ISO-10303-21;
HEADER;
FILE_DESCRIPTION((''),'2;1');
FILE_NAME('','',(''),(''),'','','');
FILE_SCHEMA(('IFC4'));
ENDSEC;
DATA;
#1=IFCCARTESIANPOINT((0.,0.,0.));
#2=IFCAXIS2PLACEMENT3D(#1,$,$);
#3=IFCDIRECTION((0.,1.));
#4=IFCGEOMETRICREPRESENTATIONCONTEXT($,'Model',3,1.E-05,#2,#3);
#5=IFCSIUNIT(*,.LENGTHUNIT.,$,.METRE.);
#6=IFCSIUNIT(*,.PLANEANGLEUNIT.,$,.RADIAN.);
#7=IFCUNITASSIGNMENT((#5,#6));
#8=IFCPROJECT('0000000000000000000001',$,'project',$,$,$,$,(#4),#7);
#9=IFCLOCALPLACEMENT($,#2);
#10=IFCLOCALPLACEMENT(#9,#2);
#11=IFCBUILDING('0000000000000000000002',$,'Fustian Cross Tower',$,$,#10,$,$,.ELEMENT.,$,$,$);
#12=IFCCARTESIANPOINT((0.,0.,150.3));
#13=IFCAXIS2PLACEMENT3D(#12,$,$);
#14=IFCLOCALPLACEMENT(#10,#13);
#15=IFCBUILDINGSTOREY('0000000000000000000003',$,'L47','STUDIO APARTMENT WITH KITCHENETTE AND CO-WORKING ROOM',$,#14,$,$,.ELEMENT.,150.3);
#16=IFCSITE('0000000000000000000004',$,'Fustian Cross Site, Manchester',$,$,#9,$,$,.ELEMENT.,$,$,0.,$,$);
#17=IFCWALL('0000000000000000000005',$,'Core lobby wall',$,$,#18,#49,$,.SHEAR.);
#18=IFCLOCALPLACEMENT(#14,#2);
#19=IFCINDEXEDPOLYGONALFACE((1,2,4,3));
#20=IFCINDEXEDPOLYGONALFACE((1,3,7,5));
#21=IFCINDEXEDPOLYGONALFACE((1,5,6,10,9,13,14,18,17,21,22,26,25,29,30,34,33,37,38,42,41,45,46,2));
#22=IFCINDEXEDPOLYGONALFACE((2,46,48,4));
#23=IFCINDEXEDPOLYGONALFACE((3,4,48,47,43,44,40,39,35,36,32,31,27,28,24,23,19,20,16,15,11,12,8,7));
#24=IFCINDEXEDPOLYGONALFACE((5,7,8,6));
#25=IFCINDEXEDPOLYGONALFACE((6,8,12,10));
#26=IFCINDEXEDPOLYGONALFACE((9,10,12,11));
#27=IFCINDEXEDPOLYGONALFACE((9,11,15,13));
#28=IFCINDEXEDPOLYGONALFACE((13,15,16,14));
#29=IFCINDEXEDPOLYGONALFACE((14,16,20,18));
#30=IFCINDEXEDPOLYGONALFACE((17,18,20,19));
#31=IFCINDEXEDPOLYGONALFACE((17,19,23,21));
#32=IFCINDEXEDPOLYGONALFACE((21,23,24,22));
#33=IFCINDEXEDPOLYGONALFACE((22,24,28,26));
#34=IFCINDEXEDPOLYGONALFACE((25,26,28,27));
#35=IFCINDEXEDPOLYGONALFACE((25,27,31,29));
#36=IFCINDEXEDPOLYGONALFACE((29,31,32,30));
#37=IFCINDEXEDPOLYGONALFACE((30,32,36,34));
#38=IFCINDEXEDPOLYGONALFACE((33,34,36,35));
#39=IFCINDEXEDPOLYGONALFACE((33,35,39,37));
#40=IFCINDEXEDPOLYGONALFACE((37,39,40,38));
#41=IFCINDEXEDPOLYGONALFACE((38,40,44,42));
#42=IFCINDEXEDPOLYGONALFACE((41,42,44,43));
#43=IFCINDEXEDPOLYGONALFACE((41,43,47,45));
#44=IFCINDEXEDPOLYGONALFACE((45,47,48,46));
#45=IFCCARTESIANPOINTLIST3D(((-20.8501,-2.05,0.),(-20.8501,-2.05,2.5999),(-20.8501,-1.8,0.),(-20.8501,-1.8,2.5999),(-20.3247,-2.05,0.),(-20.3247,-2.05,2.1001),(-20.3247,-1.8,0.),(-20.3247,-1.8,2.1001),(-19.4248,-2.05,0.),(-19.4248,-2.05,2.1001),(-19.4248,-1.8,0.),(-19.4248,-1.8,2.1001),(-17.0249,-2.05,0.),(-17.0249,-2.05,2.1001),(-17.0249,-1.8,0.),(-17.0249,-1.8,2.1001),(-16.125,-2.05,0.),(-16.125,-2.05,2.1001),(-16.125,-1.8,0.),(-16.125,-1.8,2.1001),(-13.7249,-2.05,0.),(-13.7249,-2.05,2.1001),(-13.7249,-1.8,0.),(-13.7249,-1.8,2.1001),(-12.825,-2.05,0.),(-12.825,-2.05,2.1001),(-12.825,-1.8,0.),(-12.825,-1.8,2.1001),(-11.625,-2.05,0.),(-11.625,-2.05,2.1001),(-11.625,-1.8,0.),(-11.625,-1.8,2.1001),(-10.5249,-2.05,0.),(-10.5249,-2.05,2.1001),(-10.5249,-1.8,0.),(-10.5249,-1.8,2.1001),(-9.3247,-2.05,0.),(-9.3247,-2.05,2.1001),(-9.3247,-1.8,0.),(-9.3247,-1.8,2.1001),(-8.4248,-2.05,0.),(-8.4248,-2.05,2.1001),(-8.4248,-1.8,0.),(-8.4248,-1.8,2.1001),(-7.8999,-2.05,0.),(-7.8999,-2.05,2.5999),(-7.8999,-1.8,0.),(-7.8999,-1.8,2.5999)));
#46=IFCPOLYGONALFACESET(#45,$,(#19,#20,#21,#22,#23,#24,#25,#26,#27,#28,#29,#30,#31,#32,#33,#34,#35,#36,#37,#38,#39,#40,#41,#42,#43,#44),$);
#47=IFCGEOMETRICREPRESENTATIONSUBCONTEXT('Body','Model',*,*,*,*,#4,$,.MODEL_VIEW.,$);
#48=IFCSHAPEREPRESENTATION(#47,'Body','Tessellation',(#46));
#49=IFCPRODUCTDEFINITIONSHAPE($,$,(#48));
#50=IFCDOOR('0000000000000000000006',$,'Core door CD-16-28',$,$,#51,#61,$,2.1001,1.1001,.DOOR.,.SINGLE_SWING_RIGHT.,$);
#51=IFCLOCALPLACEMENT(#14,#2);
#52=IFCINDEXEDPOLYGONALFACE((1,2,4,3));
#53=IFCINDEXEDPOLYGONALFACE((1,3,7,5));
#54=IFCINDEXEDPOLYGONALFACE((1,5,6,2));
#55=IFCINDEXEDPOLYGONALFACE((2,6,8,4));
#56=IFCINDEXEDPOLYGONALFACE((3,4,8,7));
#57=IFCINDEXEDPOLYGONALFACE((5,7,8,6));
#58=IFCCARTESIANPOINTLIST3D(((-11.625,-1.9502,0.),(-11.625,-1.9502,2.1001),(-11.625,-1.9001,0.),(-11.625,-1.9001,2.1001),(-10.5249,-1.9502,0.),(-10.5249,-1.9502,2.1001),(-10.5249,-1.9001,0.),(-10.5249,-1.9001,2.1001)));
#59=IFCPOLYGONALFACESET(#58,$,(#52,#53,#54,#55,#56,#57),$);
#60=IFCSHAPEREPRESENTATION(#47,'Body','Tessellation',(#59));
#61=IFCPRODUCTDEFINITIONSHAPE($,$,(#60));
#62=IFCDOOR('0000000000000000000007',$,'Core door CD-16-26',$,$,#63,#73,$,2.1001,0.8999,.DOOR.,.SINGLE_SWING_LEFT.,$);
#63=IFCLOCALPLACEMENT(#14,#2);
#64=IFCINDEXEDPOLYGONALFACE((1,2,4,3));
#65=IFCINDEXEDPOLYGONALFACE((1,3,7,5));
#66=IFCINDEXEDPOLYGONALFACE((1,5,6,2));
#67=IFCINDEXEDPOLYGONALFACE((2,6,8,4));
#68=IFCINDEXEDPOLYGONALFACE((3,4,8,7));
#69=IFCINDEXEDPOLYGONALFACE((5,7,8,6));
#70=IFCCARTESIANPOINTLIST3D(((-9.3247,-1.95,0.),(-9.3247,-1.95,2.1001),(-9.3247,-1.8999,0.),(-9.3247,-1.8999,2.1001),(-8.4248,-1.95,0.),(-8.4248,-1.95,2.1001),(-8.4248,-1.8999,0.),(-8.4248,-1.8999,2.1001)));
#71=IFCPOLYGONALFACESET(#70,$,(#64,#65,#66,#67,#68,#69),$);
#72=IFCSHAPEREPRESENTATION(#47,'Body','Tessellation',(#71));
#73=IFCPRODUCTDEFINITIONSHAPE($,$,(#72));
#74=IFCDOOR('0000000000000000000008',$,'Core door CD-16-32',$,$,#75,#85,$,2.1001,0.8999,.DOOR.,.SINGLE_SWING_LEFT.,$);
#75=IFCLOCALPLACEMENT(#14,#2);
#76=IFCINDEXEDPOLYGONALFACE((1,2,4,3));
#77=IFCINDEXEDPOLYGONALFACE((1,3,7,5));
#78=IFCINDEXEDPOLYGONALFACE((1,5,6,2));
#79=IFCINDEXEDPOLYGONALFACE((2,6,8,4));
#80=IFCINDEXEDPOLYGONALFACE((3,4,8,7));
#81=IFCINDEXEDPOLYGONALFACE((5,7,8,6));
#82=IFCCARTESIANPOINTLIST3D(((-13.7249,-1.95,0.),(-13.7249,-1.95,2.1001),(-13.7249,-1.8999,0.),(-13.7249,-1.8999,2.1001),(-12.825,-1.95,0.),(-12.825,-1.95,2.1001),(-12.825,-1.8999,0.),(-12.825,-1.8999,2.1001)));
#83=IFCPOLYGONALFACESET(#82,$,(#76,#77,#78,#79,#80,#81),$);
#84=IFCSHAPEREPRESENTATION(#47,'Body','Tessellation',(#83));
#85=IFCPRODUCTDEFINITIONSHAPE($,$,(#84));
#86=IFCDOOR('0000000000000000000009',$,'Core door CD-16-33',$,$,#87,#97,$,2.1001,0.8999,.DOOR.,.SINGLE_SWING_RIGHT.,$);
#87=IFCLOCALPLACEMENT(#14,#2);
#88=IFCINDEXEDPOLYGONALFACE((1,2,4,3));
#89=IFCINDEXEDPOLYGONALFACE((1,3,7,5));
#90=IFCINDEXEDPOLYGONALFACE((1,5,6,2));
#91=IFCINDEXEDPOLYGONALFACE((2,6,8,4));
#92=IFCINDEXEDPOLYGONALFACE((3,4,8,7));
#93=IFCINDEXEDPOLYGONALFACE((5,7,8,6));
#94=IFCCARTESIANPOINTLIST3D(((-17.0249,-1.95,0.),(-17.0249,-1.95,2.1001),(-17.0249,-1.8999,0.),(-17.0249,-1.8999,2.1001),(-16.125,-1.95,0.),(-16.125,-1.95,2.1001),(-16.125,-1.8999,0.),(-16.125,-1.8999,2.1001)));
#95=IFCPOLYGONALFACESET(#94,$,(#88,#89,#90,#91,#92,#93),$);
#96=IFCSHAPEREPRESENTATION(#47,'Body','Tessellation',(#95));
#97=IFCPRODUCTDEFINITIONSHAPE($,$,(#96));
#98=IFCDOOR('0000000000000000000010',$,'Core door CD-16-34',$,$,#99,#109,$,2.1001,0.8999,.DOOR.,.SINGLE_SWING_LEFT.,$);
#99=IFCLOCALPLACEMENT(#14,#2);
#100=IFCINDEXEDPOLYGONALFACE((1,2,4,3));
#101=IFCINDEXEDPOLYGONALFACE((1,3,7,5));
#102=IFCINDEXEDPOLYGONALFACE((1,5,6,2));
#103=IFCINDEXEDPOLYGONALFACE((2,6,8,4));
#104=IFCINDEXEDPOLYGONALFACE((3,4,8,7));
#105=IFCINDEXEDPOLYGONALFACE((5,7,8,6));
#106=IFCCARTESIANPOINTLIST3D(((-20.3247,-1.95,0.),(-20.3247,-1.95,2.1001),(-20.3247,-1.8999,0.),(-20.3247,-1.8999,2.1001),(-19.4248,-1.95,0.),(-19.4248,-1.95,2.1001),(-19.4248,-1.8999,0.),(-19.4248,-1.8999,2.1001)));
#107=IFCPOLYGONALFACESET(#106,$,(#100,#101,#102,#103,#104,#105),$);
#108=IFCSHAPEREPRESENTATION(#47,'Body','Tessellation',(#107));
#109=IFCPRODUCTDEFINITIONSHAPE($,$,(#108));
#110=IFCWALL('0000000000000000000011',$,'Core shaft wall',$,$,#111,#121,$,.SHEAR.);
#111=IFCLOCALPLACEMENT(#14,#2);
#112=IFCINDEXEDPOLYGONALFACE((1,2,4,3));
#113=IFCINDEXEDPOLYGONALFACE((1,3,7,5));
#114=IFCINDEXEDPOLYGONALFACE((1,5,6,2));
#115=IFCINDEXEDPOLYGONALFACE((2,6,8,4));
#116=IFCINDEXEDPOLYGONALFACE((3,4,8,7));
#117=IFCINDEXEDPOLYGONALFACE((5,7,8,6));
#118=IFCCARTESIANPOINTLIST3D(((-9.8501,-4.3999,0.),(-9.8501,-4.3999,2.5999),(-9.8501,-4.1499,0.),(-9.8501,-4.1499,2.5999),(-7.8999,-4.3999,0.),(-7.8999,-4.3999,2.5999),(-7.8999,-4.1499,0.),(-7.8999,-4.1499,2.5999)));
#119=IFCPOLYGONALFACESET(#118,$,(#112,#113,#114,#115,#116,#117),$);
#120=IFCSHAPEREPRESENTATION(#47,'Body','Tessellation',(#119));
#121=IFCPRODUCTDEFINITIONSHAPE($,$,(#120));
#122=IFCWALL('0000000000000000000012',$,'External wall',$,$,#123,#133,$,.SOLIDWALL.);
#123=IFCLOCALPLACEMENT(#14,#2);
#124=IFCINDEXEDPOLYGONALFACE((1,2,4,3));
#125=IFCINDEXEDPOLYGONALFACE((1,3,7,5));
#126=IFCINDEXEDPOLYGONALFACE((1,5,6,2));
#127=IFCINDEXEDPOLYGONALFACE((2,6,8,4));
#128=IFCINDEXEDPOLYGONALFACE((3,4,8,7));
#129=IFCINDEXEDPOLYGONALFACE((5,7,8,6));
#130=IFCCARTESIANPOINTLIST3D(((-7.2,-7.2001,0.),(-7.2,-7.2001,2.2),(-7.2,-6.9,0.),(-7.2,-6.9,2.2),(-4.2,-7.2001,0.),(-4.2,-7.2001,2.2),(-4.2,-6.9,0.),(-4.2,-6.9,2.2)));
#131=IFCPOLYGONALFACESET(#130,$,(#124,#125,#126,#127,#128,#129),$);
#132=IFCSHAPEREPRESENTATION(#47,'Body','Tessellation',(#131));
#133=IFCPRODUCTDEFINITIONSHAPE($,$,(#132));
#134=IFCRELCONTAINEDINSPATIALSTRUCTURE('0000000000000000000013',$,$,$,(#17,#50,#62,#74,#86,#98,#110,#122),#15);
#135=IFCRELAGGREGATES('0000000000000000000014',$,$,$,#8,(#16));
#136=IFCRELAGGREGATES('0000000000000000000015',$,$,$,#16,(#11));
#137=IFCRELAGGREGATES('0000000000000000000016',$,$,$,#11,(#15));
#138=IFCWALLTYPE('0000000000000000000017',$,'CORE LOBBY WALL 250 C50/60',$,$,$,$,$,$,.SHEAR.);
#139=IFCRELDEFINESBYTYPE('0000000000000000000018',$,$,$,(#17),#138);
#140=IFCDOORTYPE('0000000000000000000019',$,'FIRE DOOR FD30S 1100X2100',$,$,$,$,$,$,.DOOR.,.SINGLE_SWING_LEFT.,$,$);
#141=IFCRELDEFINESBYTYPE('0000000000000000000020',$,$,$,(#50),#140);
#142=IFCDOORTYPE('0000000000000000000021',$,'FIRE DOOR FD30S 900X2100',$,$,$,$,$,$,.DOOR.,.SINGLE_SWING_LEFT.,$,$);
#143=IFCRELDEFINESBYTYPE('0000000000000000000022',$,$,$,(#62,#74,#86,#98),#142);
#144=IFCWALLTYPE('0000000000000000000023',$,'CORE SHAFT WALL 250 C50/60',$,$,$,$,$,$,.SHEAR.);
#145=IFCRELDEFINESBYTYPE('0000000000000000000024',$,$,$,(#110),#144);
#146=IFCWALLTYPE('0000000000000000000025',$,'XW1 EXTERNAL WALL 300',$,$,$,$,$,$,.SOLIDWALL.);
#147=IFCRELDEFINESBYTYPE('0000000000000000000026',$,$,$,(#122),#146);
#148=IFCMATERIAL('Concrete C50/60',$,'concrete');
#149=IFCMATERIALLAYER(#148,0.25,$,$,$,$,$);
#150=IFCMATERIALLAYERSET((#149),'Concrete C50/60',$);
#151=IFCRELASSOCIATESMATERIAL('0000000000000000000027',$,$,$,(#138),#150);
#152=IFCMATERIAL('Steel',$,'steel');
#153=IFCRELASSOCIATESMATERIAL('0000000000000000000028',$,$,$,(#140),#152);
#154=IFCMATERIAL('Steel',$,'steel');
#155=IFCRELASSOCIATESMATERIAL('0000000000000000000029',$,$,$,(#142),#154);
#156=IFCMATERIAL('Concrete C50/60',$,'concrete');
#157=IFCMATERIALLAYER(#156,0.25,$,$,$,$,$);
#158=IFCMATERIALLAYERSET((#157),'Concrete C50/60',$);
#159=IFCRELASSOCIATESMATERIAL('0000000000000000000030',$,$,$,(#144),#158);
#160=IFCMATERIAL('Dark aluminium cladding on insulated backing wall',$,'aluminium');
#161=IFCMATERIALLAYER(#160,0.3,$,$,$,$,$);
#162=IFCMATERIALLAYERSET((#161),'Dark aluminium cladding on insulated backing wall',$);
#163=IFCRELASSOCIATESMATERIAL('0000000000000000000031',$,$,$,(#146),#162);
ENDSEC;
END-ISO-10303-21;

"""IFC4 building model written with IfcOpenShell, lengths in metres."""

from ifc_helpers import new_model, si_unit, direction, frame, frame_2d, origin, place, context, subcontext, project, spatial, rectangle, extrude, material, layer, layer_set, type_object, element, fill, save


model = new_model("IFC4")

# Units and contexts
model_context = context("Model", 3, precision=1e-05, world=origin(), true_north=direction((0.0, 1.0)))
body_context = subcontext(model_context, "Body", "Model", "MODEL_VIEW")
ifc_project = project(units=[si_unit("LENGTHUNIT", "METRE"), si_unit("PLANEANGLEUNIT", "RADIAN")], contexts=[model_context])

# Site, building, storey
site_placement = place(None, origin())
site = spatial("IfcSite", under=ifc_project, at=site_placement, Name="Fustian Cross Site, Manchester", CompositionType="ELEMENT", RefElevation=0.0)
building_placement = place(site_placement, origin())
building = spatial("IfcBuilding", under=site, at=building_placement, Name="Fustian Cross Tower", CompositionType="ELEMENT")
storey_placement = place(building_placement, frame((0.0, 0.0, 150.3)))
storey = spatial("IfcBuildingStorey", under=building, at=storey_placement, Name="L47", Description="STUDIO APARTMENT WITH KITCHENETTE AND CO-WORKING ROOM", CompositionType="ELEMENT", Elevation=150.3)

# Wall, openings, doors
ifc_material_1 = material(Name="Concrete C50/60", Category="concrete")
ifc_layer_1 = layer(ifc_material_1, 0.25)
ifc_layer_set_1 = layer_set([ifc_layer_1], Name="Concrete C50/60")
wall_type_1 = type_object("IfcWallType", Name="CORE LOBBY WALL 250 C50/60", PredefinedType="SHEAR", material=ifc_layer_set_1)
wall_1_placement = place(storey_placement, frame((-7.8999, -1.925, 0.0), z_axis=(0.0, 0.0, 1.0), x_axis=(-1.0, 0.0, 0.0)))
wall_1 = element("IfcWall", 1, at=wall_1_placement, inside=storey, type_object=wall_type_1, Name="Core lobby wall", PredefinedType="SHEAR", context=body_context, shape_type="SweptSolid", body=[
    extrude(rectangle(XDim=12.9502, YDim=0.25, at=frame_2d((6.4751, 0.0))), origin(), (0.0, 0.0, 1.0), 2.5999),
])
opening_1_placement = place(wall_1_placement, frame((0.5249, 0.0, 0.0)))
opening_1 = element("IfcOpeningElement", 2, at=opening_1_placement, cuts=wall_1, PredefinedType="OPENING", context=body_context, shape_type="SweptSolid", body=[
    extrude(rectangle(XDim=0.8999, YDim=2.1001, at=frame_2d((0.45, 1.05))), frame((0.0, 0.135, 0.0), z_axis=(0.0, -1.0, 0.0), x_axis=(1.0, 0.0, 0.0)), (0.0, 0.0, 1.0), 0.27),
])
opening_2_placement = place(wall_1_placement, frame((2.625, 0.0, 0.0)))
opening_2 = element("IfcOpeningElement", 3, at=opening_2_placement, cuts=wall_1, PredefinedType="OPENING", context=body_context, shape_type="SweptSolid", body=[
    extrude(rectangle(XDim=1.1001, YDim=2.1001, at=frame_2d((0.55, 1.05))), frame((0.0, 0.135, 0.0), z_axis=(0.0, -1.0, 0.0), x_axis=(1.0, 0.0, 0.0)), (0.0, 0.0, 1.0), 0.27),
])
opening_3_placement = place(wall_1_placement, frame((4.925, 0.0, 0.0)))
opening_3 = element("IfcOpeningElement", 4, at=opening_3_placement, cuts=wall_1, PredefinedType="OPENING", context=body_context, shape_type="SweptSolid", body=[
    extrude(rectangle(XDim=0.8999, YDim=2.1001, at=frame_2d((0.45, 1.05))), frame((0.0, 0.135, 0.0), z_axis=(0.0, -1.0, 0.0), x_axis=(1.0, 0.0, 0.0)), (0.0, 0.0, 1.0), 0.27),
])
opening_4_placement = place(wall_1_placement, frame((8.2251, 0.0, 0.0)))
opening_4 = element("IfcOpeningElement", 5, at=opening_4_placement, cuts=wall_1, PredefinedType="OPENING", context=body_context, shape_type="SweptSolid", body=[
    extrude(rectangle(XDim=0.8999, YDim=2.1001, at=frame_2d((0.45, 1.05))), frame((0.0, 0.135, 0.0), z_axis=(0.0, -1.0, 0.0), x_axis=(1.0, 0.0, 0.0)), (0.0, 0.0, 1.0), 0.27),
])
opening_5_placement = place(wall_1_placement, frame((11.5249, 0.0, 0.0)))
opening_5 = element("IfcOpeningElement", 6, at=opening_5_placement, cuts=wall_1, PredefinedType="OPENING", context=body_context, shape_type="SweptSolid", body=[
    extrude(rectangle(XDim=0.8999, YDim=2.1001, at=frame_2d((0.45, 1.05))), frame((0.0, 0.135, 0.0), z_axis=(0.0, -1.0, 0.0), x_axis=(1.0, 0.0, 0.0)), (0.0, 0.0, 1.0), 0.27),
])
ifc_material_2 = material(Name="Steel", Category="steel")
door_type_1 = type_object("IfcDoorType", Name="FIRE DOOR FD30S 1100X2100", OperationType="SINGLE_SWING_LEFT", PredefinedType="DOOR", material=ifc_material_2)
door_1_placement = place(opening_2_placement, frame((1.1001, 0.0, 0.0), z_axis=(0.0, 0.0, 1.0), x_axis=(-1.0, 0.0, 0.0)))
door_1 = element("IfcDoor", 7, at=door_1_placement, inside=storey, type_object=door_type_1, Name="Core door CD-16-28", OperationType="SINGLE_SWING_RIGHT", OverallHeight=2.1001, OverallWidth=1.1001, PredefinedType="DOOR", context=body_context, shape_type="SweptSolid", body=[
    extrude(rectangle(XDim=1.1001, YDim=2.1001, at=frame_2d((0.55, 1.05))), frame((0.0, 0.0249, 0.0), z_axis=(0.0, -1.0, 0.0), x_axis=(1.0, 0.0, 0.0)), (0.0, 0.0, 1.0), 0.05),
])
fill(opening_2, door_1)
ifc_material_3 = material(Name="Steel", Category="steel")
door_type_2 = type_object("IfcDoorType", Name="FIRE DOOR FD30S 900X2100", OperationType="SINGLE_SWING_LEFT", PredefinedType="DOOR", material=ifc_material_3)
door_2_placement = place(opening_1_placement, origin())
door_2 = element("IfcDoor", 8, at=door_2_placement, inside=storey, type_object=door_type_2, Name="Core door CD-16-26", OperationType="SINGLE_SWING_LEFT", OverallHeight=2.1001, OverallWidth=0.8999, PredefinedType="DOOR", context=body_context, shape_type="SweptSolid", body=[
    extrude(rectangle(XDim=0.8999, YDim=2.1001, at=frame_2d((0.45, 1.05))), frame((0.0, 0.0249, 0.0), z_axis=(0.0, -1.0, 0.0), x_axis=(1.0, 0.0, 0.0)), (0.0, 0.0, 1.0), 0.05),
])
fill(opening_1, door_2)
door_3_placement = place(opening_3_placement, origin())
door_3 = element("IfcDoor", 9, at=door_3_placement, inside=storey, type_object=door_type_2, Name="Core door CD-16-32", OperationType="SINGLE_SWING_LEFT", OverallHeight=2.1001, OverallWidth=0.8999, PredefinedType="DOOR", context=body_context, shape_type="SweptSolid", body=[
    extrude(rectangle(XDim=0.8999, YDim=2.1001, at=frame_2d((0.45, 1.05))), frame((0.0, 0.0249, 0.0), z_axis=(0.0, -1.0, 0.0), x_axis=(1.0, 0.0, 0.0)), (0.0, 0.0, 1.0), 0.05),
])
fill(opening_3, door_3)
door_4_placement = place(opening_4_placement, origin())
door_4 = element("IfcDoor", 10, at=door_4_placement, inside=storey, type_object=door_type_2, Name="Core door CD-16-33", OperationType="SINGLE_SWING_RIGHT", OverallHeight=2.1001, OverallWidth=0.8999, PredefinedType="DOOR", context=body_context, shape_type="SweptSolid", body=[
    extrude(rectangle(XDim=0.8999, YDim=2.1001, at=frame_2d((0.45, 1.05))), frame((0.0, 0.0249, 0.0), z_axis=(0.0, -1.0, 0.0), x_axis=(1.0, 0.0, 0.0)), (0.0, 0.0, 1.0), 0.05),
])
fill(opening_4, door_4)
door_5_placement = place(opening_5_placement, origin())
door_5 = element("IfcDoor", 11, at=door_5_placement, inside=storey, type_object=door_type_2, Name="Core door CD-16-34", OperationType="SINGLE_SWING_LEFT", OverallHeight=2.1001, OverallWidth=0.8999, PredefinedType="DOOR", context=body_context, shape_type="SweptSolid", body=[
    extrude(rectangle(XDim=0.8999, YDim=2.1001, at=frame_2d((0.45, 1.05))), frame((0.0, 0.0249, 0.0), z_axis=(0.0, -1.0, 0.0), x_axis=(1.0, 0.0, 0.0)), (0.0, 0.0, 1.0), 0.05),
])
fill(opening_5, door_5)

# Walls
ifc_material_4 = material(Name="Concrete C50/60", Category="concrete")
ifc_layer_2 = layer(ifc_material_4, 0.25)
ifc_layer_set_2 = layer_set([ifc_layer_2], Name="Concrete C50/60")
wall_type_2 = type_object("IfcWallType", Name="CORE SHAFT WALL 250 C50/60", PredefinedType="SHEAR", material=ifc_layer_set_2)
wall_2_placement = place(storey_placement, frame((-7.8999, -4.2749, 0.0), z_axis=(0.0, 0.0, 1.0), x_axis=(-1.0, 0.0, 0.0)))
element("IfcWall", 12, at=wall_2_placement, inside=storey, type_object=wall_type_2, Name="Core shaft wall", PredefinedType="SHEAR", context=body_context, shape_type="SweptSolid", body=[
    extrude(rectangle(XDim=1.9502, YDim=0.25, at=frame_2d((0.9751, 0.0))), origin(), (0.0, 0.0, 1.0), 2.5999),
])
ifc_material_5 = material(Name="Dark aluminium cladding on insulated backing wall", Category="aluminium")
ifc_layer_3 = layer(ifc_material_5, 0.3)
ifc_layer_set_3 = layer_set([ifc_layer_3], Name="Dark aluminium cladding on insulated backing wall")
wall_type_3 = type_object("IfcWallType", Name="XW1 EXTERNAL WALL 300", PredefinedType="SOLIDWALL", material=ifc_layer_set_3)
wall_3_placement = place(storey_placement, frame((-7.2, -7.05, 0.0), z_axis=(0.0, 0.0, 1.0), x_axis=(1.0, 0.0, 0.0)))
element("IfcWall", 13, at=wall_3_placement, inside=storey, type_object=wall_type_3, Name="External wall", PredefinedType="SOLIDWALL", context=body_context, shape_type="SweptSolid", body=[
    extrude(rectangle(XDim=3.0, YDim=0.3, at=frame_2d((1.5, 0.0))), origin(), (0.0, 0.0, 1.0), 2.2),
])

save(model, "model.ifc")
